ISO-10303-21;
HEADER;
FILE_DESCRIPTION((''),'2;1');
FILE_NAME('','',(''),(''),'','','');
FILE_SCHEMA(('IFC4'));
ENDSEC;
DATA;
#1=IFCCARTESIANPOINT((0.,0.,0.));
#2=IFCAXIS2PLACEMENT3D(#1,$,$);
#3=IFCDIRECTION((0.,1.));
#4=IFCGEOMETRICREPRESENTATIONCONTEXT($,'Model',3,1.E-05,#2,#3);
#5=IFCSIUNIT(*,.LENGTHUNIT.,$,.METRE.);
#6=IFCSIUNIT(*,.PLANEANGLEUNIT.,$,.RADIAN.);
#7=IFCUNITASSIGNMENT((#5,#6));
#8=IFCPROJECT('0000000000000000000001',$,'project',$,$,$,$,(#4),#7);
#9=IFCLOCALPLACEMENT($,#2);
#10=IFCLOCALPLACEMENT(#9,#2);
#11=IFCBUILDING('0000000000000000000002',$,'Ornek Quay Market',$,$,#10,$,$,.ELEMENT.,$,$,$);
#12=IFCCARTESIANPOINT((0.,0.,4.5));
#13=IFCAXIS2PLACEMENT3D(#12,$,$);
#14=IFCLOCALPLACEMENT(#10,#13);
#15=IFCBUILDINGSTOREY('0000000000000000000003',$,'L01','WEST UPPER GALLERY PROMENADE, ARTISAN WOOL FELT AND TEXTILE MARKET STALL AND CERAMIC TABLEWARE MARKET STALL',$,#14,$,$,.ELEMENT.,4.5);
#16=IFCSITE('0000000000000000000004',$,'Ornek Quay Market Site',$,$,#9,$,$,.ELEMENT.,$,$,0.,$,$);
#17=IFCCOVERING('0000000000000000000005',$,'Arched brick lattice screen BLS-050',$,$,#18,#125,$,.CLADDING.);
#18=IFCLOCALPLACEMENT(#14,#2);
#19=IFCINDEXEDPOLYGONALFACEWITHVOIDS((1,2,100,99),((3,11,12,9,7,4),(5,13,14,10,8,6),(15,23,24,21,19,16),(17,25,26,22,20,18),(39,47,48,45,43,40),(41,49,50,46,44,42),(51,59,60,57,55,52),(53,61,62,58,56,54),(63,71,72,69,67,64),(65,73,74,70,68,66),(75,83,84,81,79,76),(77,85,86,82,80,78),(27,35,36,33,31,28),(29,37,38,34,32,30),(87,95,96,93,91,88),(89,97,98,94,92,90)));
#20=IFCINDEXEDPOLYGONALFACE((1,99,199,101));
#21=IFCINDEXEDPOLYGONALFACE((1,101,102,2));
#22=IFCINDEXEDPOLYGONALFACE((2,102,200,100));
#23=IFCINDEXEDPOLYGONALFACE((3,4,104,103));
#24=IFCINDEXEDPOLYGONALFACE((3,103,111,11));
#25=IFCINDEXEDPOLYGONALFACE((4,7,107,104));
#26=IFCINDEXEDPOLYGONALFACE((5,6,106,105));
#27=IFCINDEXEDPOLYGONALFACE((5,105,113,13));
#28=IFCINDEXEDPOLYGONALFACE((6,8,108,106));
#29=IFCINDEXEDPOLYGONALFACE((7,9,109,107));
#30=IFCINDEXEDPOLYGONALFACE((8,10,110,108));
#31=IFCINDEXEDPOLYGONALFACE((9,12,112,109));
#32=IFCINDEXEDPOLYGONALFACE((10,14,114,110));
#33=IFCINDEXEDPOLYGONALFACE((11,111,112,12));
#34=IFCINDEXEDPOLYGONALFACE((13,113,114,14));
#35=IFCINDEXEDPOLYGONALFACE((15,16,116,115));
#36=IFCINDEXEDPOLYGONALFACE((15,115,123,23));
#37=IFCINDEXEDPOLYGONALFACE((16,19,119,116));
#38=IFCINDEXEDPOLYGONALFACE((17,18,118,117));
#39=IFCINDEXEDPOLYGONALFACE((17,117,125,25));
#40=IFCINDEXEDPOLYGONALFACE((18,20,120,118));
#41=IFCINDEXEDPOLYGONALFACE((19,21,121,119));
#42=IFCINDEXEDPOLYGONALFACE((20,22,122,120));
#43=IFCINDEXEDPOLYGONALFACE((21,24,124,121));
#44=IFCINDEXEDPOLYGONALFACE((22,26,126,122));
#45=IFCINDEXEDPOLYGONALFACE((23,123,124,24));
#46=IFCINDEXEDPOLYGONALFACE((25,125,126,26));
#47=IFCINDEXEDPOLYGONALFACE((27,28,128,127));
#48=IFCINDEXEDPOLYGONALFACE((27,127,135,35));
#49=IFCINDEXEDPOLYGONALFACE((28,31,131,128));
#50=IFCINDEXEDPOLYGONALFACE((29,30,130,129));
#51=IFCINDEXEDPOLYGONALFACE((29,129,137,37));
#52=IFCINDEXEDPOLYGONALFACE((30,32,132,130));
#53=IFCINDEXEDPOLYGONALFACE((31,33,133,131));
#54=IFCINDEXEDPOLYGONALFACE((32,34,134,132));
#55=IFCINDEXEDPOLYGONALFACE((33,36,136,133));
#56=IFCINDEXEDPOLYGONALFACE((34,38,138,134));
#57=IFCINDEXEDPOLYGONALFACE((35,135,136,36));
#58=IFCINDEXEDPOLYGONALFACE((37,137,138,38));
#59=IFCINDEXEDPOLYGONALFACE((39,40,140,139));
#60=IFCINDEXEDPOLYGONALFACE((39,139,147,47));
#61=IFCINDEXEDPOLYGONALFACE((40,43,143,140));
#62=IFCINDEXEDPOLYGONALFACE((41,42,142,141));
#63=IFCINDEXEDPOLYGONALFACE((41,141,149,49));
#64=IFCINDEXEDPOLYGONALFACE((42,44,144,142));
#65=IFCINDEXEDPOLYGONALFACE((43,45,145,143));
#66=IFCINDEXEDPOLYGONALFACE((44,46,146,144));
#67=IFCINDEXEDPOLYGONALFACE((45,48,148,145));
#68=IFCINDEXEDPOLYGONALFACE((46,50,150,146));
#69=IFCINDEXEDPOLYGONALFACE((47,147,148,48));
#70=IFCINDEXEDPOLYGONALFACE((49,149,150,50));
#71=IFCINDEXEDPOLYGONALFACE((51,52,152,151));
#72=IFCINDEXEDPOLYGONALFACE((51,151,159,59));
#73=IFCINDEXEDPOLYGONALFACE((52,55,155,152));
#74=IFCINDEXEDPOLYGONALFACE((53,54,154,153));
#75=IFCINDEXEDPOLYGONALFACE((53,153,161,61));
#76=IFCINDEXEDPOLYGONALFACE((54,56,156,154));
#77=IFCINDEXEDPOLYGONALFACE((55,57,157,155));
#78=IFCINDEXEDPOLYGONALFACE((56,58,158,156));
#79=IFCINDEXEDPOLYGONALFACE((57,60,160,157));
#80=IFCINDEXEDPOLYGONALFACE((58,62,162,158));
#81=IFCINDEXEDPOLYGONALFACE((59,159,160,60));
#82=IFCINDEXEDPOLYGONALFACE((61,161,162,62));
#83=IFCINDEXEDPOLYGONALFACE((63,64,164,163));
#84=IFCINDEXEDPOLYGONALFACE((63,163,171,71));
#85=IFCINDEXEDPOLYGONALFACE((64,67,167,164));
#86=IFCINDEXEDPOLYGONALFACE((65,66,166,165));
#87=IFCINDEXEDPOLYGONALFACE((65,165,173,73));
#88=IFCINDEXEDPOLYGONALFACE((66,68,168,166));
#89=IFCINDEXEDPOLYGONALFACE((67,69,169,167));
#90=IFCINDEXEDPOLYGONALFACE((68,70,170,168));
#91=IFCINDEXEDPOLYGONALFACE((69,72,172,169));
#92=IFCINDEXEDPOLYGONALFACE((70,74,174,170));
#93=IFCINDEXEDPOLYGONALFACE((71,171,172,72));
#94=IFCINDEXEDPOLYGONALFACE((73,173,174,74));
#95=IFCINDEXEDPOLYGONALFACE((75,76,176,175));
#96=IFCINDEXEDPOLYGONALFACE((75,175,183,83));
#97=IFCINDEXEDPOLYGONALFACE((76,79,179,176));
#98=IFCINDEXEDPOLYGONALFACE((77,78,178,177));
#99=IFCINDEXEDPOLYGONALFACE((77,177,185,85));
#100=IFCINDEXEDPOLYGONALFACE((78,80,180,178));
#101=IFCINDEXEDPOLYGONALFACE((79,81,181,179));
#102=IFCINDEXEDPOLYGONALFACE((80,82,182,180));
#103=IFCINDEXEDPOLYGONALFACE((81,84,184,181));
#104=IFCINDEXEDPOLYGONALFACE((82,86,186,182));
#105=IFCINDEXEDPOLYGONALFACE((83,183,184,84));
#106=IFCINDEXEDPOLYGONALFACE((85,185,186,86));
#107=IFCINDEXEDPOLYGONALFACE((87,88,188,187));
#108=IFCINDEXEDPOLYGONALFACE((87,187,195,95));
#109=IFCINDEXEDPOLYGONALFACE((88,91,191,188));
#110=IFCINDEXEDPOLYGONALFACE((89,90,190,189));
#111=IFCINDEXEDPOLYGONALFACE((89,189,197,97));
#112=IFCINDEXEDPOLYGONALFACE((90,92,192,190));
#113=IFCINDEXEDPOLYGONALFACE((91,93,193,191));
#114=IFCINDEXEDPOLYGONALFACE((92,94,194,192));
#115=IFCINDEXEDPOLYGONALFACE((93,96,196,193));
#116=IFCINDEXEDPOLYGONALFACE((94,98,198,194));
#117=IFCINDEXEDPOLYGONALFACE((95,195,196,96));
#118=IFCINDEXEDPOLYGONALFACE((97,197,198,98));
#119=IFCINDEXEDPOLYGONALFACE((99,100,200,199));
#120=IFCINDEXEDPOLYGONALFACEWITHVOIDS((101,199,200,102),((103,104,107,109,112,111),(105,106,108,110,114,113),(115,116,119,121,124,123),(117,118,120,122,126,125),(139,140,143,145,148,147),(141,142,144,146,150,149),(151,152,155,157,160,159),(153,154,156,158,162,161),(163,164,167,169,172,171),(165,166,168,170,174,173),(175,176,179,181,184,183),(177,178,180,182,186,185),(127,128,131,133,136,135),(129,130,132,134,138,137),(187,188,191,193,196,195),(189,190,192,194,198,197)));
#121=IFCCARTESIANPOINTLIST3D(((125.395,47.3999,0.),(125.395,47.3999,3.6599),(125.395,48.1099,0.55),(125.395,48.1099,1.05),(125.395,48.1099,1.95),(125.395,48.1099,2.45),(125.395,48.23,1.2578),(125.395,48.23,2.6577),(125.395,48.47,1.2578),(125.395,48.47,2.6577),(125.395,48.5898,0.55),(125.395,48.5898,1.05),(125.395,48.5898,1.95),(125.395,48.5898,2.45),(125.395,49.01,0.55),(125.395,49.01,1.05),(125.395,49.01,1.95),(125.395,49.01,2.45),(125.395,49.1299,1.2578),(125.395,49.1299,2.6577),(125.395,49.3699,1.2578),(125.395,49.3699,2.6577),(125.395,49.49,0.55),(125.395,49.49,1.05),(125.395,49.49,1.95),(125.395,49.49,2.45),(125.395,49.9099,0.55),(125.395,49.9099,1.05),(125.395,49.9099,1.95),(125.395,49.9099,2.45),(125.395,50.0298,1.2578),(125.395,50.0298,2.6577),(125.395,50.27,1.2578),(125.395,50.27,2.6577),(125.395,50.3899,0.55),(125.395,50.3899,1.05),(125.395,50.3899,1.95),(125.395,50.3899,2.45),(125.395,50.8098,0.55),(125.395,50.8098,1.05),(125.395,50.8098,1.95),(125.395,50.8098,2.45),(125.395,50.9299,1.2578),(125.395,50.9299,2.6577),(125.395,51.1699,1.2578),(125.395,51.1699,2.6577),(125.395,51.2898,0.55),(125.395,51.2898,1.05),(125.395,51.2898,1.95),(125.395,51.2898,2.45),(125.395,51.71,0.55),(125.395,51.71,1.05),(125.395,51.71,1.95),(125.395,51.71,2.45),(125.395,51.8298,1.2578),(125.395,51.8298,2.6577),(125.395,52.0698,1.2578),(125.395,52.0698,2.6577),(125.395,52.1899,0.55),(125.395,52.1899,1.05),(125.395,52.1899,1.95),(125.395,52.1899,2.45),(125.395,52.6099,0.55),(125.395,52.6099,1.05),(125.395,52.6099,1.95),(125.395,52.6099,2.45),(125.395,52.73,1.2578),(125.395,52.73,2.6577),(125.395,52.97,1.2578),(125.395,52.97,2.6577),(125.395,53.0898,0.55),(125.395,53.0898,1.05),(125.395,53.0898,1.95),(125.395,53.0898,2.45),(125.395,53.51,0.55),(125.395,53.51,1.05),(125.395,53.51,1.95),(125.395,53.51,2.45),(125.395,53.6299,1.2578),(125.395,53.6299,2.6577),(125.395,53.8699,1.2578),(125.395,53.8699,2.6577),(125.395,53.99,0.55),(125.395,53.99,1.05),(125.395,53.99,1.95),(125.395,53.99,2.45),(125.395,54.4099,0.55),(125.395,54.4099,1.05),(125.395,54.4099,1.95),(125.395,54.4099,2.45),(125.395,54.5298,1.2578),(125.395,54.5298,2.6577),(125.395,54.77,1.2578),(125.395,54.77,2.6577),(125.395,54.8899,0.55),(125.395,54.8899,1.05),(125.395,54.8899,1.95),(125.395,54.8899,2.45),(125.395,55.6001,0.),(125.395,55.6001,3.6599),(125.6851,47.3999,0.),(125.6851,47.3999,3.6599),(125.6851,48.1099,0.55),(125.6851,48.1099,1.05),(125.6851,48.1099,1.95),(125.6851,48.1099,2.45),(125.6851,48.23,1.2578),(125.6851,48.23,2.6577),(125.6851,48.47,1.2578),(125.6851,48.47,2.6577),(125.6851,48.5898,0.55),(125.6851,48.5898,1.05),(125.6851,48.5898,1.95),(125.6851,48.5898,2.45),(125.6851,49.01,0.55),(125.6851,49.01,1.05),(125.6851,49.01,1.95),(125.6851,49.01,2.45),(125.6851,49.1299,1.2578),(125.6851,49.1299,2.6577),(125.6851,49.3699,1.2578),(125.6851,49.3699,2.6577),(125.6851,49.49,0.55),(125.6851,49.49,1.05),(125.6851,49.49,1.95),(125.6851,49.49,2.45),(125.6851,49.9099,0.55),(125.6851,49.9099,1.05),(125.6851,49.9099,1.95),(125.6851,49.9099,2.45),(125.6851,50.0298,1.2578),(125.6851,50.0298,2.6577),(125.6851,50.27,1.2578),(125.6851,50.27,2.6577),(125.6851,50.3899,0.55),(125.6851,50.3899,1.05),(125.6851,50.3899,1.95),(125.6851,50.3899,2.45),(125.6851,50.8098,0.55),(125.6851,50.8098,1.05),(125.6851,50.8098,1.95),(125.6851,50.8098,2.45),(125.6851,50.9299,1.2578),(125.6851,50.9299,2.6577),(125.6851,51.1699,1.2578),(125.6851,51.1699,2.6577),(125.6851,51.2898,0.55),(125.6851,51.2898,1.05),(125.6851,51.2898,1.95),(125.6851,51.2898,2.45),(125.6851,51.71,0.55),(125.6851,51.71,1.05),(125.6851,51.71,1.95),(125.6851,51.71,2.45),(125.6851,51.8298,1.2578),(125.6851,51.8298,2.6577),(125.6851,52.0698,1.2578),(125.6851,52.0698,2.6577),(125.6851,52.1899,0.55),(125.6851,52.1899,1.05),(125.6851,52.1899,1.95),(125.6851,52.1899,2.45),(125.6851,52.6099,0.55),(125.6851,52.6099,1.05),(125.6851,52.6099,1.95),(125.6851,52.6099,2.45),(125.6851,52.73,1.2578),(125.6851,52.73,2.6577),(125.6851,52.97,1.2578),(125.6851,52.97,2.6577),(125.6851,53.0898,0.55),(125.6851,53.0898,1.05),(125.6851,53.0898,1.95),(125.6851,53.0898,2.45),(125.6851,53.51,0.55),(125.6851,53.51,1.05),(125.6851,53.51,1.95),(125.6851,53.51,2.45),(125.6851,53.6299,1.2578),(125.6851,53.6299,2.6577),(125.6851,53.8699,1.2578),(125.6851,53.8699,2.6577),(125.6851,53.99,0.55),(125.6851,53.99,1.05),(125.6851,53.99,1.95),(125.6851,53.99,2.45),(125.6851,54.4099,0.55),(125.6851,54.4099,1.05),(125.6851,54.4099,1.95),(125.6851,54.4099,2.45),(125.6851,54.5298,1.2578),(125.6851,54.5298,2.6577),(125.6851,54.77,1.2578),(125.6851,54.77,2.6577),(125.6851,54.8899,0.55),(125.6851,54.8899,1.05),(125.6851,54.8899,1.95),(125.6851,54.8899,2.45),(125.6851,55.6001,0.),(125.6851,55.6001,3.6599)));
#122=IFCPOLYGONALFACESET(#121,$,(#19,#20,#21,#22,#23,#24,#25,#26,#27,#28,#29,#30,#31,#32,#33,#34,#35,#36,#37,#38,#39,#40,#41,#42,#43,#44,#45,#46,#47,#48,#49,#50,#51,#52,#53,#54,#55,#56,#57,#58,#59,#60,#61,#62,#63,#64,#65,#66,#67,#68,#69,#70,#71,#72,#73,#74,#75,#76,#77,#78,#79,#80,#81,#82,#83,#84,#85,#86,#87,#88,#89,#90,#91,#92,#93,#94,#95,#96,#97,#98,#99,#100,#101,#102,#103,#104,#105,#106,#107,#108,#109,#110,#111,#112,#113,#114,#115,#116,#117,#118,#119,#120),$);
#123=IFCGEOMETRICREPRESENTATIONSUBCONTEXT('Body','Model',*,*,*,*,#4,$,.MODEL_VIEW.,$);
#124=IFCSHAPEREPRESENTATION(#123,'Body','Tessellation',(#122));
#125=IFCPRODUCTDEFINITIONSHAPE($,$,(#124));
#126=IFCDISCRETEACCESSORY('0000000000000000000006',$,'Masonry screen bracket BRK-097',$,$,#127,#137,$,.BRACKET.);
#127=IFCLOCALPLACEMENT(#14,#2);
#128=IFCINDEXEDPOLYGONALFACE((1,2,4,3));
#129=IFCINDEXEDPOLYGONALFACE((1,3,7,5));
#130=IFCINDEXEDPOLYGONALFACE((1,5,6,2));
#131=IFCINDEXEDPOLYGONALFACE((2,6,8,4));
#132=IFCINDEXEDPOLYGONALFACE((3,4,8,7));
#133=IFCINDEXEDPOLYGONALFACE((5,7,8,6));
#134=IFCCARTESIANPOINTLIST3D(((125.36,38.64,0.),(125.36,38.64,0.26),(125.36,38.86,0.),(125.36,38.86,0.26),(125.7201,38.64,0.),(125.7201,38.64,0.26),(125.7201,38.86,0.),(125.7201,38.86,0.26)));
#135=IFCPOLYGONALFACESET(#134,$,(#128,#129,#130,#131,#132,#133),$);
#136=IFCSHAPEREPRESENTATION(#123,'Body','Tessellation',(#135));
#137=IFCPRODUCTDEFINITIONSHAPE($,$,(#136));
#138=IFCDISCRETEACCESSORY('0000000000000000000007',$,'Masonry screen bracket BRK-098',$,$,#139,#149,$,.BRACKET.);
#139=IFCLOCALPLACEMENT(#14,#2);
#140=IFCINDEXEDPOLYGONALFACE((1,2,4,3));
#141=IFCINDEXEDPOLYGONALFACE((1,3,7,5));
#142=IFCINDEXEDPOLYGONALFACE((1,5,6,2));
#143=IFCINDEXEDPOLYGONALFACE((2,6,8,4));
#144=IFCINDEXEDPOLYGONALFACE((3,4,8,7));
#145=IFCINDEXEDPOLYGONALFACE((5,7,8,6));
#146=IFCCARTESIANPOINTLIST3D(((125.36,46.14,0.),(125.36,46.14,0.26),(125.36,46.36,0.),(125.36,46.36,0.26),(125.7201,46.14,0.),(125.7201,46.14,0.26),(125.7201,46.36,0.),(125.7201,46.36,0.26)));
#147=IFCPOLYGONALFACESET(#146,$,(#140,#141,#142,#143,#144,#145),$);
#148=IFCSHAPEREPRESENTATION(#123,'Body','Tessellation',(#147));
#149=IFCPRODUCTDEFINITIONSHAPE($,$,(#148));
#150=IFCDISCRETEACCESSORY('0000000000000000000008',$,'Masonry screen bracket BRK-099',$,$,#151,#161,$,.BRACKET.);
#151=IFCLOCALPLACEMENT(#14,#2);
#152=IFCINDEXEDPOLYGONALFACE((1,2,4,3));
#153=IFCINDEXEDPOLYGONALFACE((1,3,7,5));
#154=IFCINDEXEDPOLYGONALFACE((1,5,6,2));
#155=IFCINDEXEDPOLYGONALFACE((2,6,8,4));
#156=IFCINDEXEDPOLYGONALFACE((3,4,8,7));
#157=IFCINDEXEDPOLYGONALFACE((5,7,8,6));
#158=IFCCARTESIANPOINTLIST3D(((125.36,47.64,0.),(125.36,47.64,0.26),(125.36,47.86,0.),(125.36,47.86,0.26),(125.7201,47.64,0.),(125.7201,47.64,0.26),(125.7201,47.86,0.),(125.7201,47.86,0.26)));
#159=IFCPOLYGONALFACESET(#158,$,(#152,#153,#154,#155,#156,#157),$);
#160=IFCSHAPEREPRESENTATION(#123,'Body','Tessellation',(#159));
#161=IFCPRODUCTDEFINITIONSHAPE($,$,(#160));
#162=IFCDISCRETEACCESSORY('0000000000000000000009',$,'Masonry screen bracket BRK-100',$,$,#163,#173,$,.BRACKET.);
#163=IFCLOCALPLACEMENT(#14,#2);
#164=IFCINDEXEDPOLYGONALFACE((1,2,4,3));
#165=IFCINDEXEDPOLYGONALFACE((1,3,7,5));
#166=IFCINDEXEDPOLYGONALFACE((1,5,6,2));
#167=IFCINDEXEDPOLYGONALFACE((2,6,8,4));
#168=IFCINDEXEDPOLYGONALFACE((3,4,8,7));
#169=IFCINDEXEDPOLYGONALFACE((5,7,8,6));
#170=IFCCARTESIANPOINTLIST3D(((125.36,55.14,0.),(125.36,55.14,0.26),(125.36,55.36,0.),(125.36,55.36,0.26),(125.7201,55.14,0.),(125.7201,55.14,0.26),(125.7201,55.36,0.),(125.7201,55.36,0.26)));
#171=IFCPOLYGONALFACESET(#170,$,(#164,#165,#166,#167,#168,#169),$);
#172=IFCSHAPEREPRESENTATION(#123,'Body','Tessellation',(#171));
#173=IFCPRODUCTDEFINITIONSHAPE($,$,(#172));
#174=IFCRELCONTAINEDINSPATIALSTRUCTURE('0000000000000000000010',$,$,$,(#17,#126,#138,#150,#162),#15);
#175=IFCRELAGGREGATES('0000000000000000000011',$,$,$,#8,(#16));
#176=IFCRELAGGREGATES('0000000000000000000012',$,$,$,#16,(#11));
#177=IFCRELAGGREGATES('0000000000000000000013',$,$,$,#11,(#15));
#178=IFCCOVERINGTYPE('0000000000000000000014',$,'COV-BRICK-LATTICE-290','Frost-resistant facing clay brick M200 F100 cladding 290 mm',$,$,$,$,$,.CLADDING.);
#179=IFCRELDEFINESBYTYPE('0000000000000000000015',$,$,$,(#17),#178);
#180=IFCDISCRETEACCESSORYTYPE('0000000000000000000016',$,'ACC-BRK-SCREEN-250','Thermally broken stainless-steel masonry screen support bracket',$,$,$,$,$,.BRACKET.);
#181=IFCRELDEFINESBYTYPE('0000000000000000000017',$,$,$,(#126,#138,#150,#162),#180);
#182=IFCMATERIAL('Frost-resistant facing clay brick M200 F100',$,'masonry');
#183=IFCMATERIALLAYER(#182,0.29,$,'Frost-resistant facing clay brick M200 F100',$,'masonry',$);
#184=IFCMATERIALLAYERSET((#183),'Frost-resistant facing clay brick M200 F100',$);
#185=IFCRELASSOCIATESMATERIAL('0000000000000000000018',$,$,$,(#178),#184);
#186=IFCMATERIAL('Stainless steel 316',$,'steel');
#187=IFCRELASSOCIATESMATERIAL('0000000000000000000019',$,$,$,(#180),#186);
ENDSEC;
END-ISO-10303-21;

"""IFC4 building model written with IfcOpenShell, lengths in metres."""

from ifc_helpers import new_model, si_unit, direction, frame, origin, origin_2d, place, context, subcontext, project, spatial, polyline, rectangle, outline, extrude, material, layer, layer_set, type_object, element, save


model = new_model("IFC4")

# Units and contexts
model_context = context("Model", 3, precision=1e-05, world=origin(), true_north=direction((0.0, 1.0)))
body_context = subcontext(model_context, "Body", "Model", "MODEL_VIEW")
ifc_project = project(units=[si_unit("LENGTHUNIT", "METRE"), si_unit("PLANEANGLEUNIT", "RADIAN")], contexts=[model_context])

# Site, building, storey
site_placement = place(None, origin())
site = spatial("IfcSite", under=ifc_project, at=site_placement, Name="Ornek Quay Market Site", CompositionType="ELEMENT", RefElevation=0.0)
building_placement = place(site_placement, origin())
building = spatial("IfcBuilding", under=site, at=building_placement, Name="Ornek Quay Market", CompositionType="ELEMENT")
storey_placement = place(building_placement, frame((0.0, 0.0, 4.5)))
storey = spatial("IfcBuildingStorey", under=building, at=storey_placement, Name="L01", Description="WEST UPPER GALLERY PROMENADE, ARTISAN WOOL FELT AND TEXTILE MARKET STALL AND CERAMIC TABLEWARE MARKET STALL", CompositionType="ELEMENT", Elevation=4.5)

# Shared definitions
ifc_material_1 = material(Name="Frost-resistant facing clay brick M200 F100", Category="masonry")

# Covering
ifc_layer_1 = layer(ifc_material_1, 0.29, Name="Frost-resistant facing clay brick M200 F100", Category="masonry")
ifc_layer_set_1 = layer_set([ifc_layer_1], Name="Frost-resistant facing clay brick M200 F100")
covering_type = type_object("IfcCoveringType", Name="COV-BRICK-LATTICE-290", Description="Frost-resistant facing clay brick M200 F100 cladding 290 mm", PredefinedType="CLADDING", material=ifc_layer_set_1)
covering_1_placement = place(storey_placement, frame((125.54, 47.3999, 0.0), z_axis=(0.0, 0.0, 1.0), x_axis=(0.0, 1.0, 0.0)))
element("IfcCovering", 1, at=covering_1_placement, inside=storey, type_object=covering_type, Name="Arched brick lattice screen BLS-050", PredefinedType="CLADDING", context=body_context, shape_type="SweptSolid", body=[
    extrude(outline(polyline([(0.0, 0.0), (8.2002, 0.0), (8.2002, 3.6599), (0.0, 3.6599), (0.0, 0.0)]), holes=[polyline([(0.71, 0.55), (1.1899, 0.55), (1.1899, 1.05), (1.0701, 1.2578), (0.8301, 1.2578), (0.71, 1.05), (0.71, 0.55)]), polyline([(0.71, 1.95), (1.1899, 1.95), (1.1899, 2.45), (1.0701, 2.6577), (0.8301, 2.6577), (0.71, 2.45), (0.71, 1.95)]), polyline([(1.6101, 0.55), (2.0901, 0.55), (2.0901, 1.05), (1.97, 1.2578), (1.73, 1.2578), (1.6101, 1.05), (1.6101, 0.55)]), polyline([(1.6101, 1.95), (2.0901, 1.95), (2.0901, 2.45), (1.97, 2.6577), (1.73, 2.6577), (1.6101, 2.45), (1.6101, 1.95)]), polyline([(2.51, 0.55), (2.99, 0.55), (2.99, 1.05), (2.8701, 1.2578), (2.6299, 1.2578), (2.51, 1.05), (2.51, 0.55)]), polyline([(2.51, 1.95), (2.99, 1.95), (2.99, 2.45), (2.8701, 2.6577), (2.6299, 2.6577), (2.51, 2.45), (2.51, 1.95)]), polyline([(3.4099, 0.55), (3.8899, 0.55), (3.8899, 1.05), (3.77, 1.2578), (3.53, 1.2578), (3.4099, 1.05), (3.4099, 0.55)]), polyline([(3.4099, 1.95), (3.8899, 1.95), (3.8899, 2.45), (3.77, 2.6577), (3.53, 2.6577), (3.4099, 2.45), (3.4099, 1.95)]), polyline([(4.3101, 0.55), (4.79, 0.55), (4.79, 1.05), (4.6699, 1.2578), (4.4299, 1.2578), (4.3101, 1.05), (4.3101, 0.55)]), polyline([(4.3101, 1.95), (4.79, 1.95), (4.79, 2.45), (4.6699, 2.6577), (4.4299, 2.6577), (4.3101, 2.45), (4.3101, 1.95)]), polyline([(5.21, 0.55), (5.6899, 0.55), (5.6899, 1.05), (5.5701, 1.2578), (5.3301, 1.2578), (5.21, 1.05), (5.21, 0.55)]), polyline([(5.21, 1.95), (5.6899, 1.95), (5.6899, 2.45), (5.5701, 2.6577), (5.3301, 2.6577), (5.21, 2.45), (5.21, 1.95)]), polyline([(6.1101, 0.55), (6.5901, 0.55), (6.5901, 1.05), (6.47, 1.2578), (6.23, 1.2578), (6.1101, 1.05), (6.1101, 0.55)]), polyline([(6.1101, 1.95), (6.5901, 1.95), (6.5901, 2.45), (6.47, 2.6577), (6.23, 2.6577), (6.1101, 2.45), (6.1101, 1.95)]), polyline([(7.01, 0.55), (7.49, 0.55), (7.49, 1.05), (7.3701, 1.2578), (7.1299, 1.2578), (7.01, 1.05), (7.01, 0.55)]), polyline([(7.01, 1.95), (7.49, 1.95), (7.49, 2.45), (7.3701, 2.6577), (7.1299, 2.6577), (7.01, 2.45), (7.01, 1.95)])]), frame((0.0, 0.145, 0.0), z_axis=(0.0, -1.0, 0.0), x_axis=(1.0, 0.0, 0.0)), (0.0, 0.0, 1.0), 0.29),
])

# Discrete accessories
ifc_material_2 = material(Name="Stainless steel 316", Category="steel")
discrete_accessory_type = type_object("IfcDiscreteAccessoryType", Name="ACC-BRK-SCREEN-250", Description="Thermally broken stainless-steel masonry screen support bracket", PredefinedType="BRACKET", material=ifc_material_2)
for number, where, z_axis, x_axis, name in (
    (2, (125.54, 38.75, 0.0), (0.0, 0.0, 1.0), (0.0, 1.0, 0.0), "Masonry screen bracket BRK-097"),
    (3, (125.54, 46.25, 0.0), (0.0, 0.0, 1.0), (0.0, 1.0, 0.0), "Masonry screen bracket BRK-098"),
    (4, (125.54, 47.75, 0.0), (0.0, 0.0, 1.0), (0.0, 1.0, 0.0), "Masonry screen bracket BRK-099"),
    (5, (125.54, 55.25, 0.0), (0.0, 0.0, 1.0), (0.0, 1.0, 0.0), "Masonry screen bracket BRK-100"),
):
    element("IfcDiscreteAccessory", number, at=place(storey_placement, frame(where, z_axis=z_axis, x_axis=x_axis)), inside=storey, type_object=discrete_accessory_type, Name=name, PredefinedType="BRACKET", context=body_context, shape_type="SweptSolid", body=[
        extrude(rectangle(XDim=0.22, YDim=0.3601, at=origin_2d()), origin(), (0.0, 0.0, 1.0), 0.26),
    ])

save(model, "model.ifc")
